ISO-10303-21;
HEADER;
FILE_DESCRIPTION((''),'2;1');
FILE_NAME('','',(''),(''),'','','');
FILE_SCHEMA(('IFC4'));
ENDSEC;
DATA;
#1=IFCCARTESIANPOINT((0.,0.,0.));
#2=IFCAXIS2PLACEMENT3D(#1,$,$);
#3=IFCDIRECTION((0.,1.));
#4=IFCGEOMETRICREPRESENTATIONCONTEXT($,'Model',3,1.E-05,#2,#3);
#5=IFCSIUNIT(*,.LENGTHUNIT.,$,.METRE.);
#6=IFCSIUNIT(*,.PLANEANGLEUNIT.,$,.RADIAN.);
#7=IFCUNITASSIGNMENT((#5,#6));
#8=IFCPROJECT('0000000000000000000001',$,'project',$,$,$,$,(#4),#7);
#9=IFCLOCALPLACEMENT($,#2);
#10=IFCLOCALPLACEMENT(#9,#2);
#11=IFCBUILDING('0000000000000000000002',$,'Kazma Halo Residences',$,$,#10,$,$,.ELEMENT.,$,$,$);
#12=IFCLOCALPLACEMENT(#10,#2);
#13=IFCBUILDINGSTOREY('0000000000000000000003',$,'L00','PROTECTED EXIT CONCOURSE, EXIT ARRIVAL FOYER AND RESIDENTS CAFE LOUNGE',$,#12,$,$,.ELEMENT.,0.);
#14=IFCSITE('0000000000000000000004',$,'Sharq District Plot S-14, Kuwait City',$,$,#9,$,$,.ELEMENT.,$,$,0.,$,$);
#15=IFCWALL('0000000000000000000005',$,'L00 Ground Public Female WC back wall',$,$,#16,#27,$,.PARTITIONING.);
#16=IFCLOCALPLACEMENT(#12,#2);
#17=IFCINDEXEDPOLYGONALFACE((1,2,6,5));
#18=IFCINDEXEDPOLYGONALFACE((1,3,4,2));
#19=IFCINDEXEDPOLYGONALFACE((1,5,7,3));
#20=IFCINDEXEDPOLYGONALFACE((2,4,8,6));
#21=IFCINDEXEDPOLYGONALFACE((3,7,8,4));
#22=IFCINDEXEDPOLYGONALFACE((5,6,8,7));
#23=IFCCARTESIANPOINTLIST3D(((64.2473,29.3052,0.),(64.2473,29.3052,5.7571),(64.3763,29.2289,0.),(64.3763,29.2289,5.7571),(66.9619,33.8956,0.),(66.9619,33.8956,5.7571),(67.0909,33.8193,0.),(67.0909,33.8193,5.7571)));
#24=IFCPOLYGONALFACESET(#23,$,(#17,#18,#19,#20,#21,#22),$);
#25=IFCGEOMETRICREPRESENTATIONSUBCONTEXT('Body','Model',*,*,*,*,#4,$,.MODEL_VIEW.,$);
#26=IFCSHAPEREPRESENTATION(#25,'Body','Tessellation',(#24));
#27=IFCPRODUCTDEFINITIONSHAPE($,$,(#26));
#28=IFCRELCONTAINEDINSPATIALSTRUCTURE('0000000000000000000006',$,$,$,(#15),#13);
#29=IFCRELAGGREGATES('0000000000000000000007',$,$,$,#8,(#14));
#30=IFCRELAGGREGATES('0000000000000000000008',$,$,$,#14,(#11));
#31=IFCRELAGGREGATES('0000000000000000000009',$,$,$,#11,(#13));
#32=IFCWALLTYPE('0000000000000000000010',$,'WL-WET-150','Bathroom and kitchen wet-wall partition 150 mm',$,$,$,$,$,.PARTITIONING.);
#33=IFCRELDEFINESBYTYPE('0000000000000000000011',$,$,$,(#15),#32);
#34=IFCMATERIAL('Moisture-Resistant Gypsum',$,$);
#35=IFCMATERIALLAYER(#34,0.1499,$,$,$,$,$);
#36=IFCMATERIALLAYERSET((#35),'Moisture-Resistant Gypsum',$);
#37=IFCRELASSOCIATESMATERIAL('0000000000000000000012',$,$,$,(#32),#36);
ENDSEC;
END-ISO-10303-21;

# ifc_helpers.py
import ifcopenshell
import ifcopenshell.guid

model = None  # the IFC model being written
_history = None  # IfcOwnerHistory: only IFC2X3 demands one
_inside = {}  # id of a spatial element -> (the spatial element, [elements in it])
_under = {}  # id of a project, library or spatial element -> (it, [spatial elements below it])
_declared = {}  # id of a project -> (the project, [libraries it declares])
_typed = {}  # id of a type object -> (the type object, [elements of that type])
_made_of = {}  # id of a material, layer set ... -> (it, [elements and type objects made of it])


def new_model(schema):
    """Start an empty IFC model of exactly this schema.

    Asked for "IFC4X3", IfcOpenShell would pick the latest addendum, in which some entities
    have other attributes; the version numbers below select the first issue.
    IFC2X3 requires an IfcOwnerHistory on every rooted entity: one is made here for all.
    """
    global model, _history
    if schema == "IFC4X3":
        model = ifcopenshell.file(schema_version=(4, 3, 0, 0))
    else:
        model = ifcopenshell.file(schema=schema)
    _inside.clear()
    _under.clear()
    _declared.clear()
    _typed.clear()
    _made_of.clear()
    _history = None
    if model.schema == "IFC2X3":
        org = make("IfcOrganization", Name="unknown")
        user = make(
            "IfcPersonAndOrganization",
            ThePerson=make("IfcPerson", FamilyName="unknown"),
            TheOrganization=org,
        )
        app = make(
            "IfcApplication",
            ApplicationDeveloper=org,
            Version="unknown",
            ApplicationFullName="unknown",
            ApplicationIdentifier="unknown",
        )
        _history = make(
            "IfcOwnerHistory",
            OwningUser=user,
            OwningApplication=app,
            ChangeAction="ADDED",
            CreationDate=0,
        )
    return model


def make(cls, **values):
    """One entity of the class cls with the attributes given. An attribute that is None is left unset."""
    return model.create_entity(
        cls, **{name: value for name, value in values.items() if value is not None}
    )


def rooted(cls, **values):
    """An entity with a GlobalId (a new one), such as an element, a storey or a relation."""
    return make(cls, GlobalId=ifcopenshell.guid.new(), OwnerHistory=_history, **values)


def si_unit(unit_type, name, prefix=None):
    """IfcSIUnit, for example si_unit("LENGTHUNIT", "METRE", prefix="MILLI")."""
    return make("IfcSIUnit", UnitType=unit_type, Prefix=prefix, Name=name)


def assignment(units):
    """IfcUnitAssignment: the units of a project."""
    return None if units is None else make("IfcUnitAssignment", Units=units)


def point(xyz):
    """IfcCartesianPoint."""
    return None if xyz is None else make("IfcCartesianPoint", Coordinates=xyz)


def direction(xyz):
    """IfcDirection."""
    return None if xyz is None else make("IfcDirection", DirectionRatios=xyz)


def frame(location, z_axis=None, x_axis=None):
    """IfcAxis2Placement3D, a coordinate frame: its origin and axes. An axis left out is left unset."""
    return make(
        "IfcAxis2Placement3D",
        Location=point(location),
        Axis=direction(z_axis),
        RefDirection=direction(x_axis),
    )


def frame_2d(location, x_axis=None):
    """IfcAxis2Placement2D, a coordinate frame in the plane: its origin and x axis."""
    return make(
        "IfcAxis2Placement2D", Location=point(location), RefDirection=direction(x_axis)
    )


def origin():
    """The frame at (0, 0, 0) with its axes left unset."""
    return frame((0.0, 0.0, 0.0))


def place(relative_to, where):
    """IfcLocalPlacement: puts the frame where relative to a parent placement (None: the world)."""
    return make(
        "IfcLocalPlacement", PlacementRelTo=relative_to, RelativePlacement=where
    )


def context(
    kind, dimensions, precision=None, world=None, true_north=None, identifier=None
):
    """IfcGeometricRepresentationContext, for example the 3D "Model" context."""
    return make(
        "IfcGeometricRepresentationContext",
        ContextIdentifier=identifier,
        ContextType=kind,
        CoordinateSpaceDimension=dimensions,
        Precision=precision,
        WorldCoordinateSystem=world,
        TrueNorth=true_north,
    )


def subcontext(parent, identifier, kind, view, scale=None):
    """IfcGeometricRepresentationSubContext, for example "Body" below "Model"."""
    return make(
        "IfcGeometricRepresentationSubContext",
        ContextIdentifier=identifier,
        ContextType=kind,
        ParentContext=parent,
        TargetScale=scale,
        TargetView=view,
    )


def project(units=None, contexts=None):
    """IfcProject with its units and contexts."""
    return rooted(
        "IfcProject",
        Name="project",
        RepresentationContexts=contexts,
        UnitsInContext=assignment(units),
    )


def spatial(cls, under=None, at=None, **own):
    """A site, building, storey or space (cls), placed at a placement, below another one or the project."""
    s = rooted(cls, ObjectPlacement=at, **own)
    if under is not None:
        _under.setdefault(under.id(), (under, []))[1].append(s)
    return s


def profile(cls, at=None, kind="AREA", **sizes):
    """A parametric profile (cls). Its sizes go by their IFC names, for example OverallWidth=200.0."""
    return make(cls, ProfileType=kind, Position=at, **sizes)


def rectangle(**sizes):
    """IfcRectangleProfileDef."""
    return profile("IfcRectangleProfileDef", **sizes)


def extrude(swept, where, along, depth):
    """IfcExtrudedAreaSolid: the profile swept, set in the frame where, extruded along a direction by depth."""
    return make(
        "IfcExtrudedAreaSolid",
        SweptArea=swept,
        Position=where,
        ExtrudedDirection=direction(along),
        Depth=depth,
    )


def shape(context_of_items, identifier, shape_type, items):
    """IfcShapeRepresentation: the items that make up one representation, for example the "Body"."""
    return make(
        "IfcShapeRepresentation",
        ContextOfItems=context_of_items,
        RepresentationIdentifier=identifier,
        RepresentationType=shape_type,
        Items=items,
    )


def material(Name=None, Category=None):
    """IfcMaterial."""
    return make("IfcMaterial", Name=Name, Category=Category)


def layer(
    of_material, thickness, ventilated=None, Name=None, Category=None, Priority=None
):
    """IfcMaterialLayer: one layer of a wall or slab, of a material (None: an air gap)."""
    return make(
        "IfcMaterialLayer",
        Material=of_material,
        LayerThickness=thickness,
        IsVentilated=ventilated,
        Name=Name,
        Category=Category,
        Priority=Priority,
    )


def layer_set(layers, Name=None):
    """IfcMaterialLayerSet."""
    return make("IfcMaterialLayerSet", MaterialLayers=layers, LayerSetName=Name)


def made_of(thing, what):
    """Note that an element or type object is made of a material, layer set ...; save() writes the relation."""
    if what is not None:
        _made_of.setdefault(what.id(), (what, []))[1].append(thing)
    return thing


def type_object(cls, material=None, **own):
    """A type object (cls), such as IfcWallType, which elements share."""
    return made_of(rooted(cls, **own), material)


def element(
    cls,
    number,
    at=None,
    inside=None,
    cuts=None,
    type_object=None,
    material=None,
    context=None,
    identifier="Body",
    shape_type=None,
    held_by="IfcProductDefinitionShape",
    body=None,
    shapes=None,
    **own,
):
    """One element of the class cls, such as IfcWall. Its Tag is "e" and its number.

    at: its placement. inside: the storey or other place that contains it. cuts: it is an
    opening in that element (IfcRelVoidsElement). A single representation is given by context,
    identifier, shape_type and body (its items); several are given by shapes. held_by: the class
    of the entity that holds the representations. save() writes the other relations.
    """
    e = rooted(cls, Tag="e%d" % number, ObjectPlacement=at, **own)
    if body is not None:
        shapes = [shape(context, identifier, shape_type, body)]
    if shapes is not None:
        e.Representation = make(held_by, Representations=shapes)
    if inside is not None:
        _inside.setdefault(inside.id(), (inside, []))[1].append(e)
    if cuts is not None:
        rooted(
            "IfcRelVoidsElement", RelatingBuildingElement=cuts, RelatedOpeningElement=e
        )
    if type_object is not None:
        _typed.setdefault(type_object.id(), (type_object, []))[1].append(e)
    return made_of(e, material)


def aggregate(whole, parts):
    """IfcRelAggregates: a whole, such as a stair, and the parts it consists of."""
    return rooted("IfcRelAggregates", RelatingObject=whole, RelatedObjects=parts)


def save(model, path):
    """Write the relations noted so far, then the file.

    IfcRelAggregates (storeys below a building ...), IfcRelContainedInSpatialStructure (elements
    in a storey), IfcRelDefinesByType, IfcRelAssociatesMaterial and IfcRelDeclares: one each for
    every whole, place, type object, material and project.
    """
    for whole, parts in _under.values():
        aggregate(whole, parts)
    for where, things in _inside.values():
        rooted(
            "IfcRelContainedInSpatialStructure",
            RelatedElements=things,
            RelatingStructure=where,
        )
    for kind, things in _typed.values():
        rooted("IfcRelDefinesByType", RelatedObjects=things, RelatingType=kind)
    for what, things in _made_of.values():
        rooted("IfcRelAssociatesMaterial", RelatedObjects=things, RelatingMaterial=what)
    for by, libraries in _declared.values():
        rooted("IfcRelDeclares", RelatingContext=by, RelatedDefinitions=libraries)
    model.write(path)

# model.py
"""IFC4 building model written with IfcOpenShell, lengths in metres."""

from ifc_helpers import new_model, si_unit, direction, frame, frame_2d, origin, place, context, subcontext, project, spatial, rectangle, extrude, material, layer, layer_set, type_object, element, save


model = new_model("IFC4")

# Units and contexts
model_context = context("Model", 3, precision=1e-05, world=origin(), true_north=direction((0.0, 1.0)))
body_context = subcontext(model_context, "Body", "Model", "MODEL_VIEW")
ifc_project = project(units=[si_unit("LENGTHUNIT", "METRE"), si_unit("PLANEANGLEUNIT", "RADIAN")], contexts=[model_context])

# Site, building, storey
site_placement = place(None, origin())
site = spatial("IfcSite", under=ifc_project, at=site_placement, Name="Sharq District Plot S-14, Kuwait City", CompositionType="ELEMENT", RefElevation=0.0)
building_placement = place(site_placement, origin())
building = spatial("IfcBuilding", under=site, at=building_placement, Name="Kazma Halo Residences", CompositionType="ELEMENT")
storey_placement = place(building_placement, origin())
storey = spatial("IfcBuildingStorey", under=building, at=storey_placement, Name="L00", Description="PROTECTED EXIT CONCOURSE, EXIT ARRIVAL FOYER AND RESIDENTS CAFE LOUNGE", CompositionType="ELEMENT", Elevation=0.0)

# Shared definitions
ifc_material_1 = material(Name="Moisture-Resistant Gypsum")
ifc_layer_1 = layer(ifc_material_1, 0.1499)
ifc_layer_set_1 = layer_set([ifc_layer_1], Name="Moisture-Resistant Gypsum")
wall_type_1 = type_object("IfcWallType", Name="WL-WET-150", Description="Bathroom and kitchen wet-wall partition 150 mm", PredefinedType="PARTITIONING", material=ifc_layer_set_1)

# Wall
wall_1_placement = place(storey_placement, frame((64.3118, 29.2671, 0.0), z_axis=(0.0, 0.0, 1.0), x_axis=(0.509025, 0.860751, 0.0)))
element("IfcWall", 1, at=wall_1_placement, inside=storey, type_object=wall_type_1, Name="L00 Ground Public Female WC back wall", PredefinedType="PARTITIONING", context=body_context, shape_type="SweptSolid", body=[
    extrude(rectangle(XDim=5.333, YDim=0.1499, at=frame_2d((2.6665, 0.0))), origin(), (0.0, 0.0, 1.0), 5.7571),
])

save(model, "model.ifc")
